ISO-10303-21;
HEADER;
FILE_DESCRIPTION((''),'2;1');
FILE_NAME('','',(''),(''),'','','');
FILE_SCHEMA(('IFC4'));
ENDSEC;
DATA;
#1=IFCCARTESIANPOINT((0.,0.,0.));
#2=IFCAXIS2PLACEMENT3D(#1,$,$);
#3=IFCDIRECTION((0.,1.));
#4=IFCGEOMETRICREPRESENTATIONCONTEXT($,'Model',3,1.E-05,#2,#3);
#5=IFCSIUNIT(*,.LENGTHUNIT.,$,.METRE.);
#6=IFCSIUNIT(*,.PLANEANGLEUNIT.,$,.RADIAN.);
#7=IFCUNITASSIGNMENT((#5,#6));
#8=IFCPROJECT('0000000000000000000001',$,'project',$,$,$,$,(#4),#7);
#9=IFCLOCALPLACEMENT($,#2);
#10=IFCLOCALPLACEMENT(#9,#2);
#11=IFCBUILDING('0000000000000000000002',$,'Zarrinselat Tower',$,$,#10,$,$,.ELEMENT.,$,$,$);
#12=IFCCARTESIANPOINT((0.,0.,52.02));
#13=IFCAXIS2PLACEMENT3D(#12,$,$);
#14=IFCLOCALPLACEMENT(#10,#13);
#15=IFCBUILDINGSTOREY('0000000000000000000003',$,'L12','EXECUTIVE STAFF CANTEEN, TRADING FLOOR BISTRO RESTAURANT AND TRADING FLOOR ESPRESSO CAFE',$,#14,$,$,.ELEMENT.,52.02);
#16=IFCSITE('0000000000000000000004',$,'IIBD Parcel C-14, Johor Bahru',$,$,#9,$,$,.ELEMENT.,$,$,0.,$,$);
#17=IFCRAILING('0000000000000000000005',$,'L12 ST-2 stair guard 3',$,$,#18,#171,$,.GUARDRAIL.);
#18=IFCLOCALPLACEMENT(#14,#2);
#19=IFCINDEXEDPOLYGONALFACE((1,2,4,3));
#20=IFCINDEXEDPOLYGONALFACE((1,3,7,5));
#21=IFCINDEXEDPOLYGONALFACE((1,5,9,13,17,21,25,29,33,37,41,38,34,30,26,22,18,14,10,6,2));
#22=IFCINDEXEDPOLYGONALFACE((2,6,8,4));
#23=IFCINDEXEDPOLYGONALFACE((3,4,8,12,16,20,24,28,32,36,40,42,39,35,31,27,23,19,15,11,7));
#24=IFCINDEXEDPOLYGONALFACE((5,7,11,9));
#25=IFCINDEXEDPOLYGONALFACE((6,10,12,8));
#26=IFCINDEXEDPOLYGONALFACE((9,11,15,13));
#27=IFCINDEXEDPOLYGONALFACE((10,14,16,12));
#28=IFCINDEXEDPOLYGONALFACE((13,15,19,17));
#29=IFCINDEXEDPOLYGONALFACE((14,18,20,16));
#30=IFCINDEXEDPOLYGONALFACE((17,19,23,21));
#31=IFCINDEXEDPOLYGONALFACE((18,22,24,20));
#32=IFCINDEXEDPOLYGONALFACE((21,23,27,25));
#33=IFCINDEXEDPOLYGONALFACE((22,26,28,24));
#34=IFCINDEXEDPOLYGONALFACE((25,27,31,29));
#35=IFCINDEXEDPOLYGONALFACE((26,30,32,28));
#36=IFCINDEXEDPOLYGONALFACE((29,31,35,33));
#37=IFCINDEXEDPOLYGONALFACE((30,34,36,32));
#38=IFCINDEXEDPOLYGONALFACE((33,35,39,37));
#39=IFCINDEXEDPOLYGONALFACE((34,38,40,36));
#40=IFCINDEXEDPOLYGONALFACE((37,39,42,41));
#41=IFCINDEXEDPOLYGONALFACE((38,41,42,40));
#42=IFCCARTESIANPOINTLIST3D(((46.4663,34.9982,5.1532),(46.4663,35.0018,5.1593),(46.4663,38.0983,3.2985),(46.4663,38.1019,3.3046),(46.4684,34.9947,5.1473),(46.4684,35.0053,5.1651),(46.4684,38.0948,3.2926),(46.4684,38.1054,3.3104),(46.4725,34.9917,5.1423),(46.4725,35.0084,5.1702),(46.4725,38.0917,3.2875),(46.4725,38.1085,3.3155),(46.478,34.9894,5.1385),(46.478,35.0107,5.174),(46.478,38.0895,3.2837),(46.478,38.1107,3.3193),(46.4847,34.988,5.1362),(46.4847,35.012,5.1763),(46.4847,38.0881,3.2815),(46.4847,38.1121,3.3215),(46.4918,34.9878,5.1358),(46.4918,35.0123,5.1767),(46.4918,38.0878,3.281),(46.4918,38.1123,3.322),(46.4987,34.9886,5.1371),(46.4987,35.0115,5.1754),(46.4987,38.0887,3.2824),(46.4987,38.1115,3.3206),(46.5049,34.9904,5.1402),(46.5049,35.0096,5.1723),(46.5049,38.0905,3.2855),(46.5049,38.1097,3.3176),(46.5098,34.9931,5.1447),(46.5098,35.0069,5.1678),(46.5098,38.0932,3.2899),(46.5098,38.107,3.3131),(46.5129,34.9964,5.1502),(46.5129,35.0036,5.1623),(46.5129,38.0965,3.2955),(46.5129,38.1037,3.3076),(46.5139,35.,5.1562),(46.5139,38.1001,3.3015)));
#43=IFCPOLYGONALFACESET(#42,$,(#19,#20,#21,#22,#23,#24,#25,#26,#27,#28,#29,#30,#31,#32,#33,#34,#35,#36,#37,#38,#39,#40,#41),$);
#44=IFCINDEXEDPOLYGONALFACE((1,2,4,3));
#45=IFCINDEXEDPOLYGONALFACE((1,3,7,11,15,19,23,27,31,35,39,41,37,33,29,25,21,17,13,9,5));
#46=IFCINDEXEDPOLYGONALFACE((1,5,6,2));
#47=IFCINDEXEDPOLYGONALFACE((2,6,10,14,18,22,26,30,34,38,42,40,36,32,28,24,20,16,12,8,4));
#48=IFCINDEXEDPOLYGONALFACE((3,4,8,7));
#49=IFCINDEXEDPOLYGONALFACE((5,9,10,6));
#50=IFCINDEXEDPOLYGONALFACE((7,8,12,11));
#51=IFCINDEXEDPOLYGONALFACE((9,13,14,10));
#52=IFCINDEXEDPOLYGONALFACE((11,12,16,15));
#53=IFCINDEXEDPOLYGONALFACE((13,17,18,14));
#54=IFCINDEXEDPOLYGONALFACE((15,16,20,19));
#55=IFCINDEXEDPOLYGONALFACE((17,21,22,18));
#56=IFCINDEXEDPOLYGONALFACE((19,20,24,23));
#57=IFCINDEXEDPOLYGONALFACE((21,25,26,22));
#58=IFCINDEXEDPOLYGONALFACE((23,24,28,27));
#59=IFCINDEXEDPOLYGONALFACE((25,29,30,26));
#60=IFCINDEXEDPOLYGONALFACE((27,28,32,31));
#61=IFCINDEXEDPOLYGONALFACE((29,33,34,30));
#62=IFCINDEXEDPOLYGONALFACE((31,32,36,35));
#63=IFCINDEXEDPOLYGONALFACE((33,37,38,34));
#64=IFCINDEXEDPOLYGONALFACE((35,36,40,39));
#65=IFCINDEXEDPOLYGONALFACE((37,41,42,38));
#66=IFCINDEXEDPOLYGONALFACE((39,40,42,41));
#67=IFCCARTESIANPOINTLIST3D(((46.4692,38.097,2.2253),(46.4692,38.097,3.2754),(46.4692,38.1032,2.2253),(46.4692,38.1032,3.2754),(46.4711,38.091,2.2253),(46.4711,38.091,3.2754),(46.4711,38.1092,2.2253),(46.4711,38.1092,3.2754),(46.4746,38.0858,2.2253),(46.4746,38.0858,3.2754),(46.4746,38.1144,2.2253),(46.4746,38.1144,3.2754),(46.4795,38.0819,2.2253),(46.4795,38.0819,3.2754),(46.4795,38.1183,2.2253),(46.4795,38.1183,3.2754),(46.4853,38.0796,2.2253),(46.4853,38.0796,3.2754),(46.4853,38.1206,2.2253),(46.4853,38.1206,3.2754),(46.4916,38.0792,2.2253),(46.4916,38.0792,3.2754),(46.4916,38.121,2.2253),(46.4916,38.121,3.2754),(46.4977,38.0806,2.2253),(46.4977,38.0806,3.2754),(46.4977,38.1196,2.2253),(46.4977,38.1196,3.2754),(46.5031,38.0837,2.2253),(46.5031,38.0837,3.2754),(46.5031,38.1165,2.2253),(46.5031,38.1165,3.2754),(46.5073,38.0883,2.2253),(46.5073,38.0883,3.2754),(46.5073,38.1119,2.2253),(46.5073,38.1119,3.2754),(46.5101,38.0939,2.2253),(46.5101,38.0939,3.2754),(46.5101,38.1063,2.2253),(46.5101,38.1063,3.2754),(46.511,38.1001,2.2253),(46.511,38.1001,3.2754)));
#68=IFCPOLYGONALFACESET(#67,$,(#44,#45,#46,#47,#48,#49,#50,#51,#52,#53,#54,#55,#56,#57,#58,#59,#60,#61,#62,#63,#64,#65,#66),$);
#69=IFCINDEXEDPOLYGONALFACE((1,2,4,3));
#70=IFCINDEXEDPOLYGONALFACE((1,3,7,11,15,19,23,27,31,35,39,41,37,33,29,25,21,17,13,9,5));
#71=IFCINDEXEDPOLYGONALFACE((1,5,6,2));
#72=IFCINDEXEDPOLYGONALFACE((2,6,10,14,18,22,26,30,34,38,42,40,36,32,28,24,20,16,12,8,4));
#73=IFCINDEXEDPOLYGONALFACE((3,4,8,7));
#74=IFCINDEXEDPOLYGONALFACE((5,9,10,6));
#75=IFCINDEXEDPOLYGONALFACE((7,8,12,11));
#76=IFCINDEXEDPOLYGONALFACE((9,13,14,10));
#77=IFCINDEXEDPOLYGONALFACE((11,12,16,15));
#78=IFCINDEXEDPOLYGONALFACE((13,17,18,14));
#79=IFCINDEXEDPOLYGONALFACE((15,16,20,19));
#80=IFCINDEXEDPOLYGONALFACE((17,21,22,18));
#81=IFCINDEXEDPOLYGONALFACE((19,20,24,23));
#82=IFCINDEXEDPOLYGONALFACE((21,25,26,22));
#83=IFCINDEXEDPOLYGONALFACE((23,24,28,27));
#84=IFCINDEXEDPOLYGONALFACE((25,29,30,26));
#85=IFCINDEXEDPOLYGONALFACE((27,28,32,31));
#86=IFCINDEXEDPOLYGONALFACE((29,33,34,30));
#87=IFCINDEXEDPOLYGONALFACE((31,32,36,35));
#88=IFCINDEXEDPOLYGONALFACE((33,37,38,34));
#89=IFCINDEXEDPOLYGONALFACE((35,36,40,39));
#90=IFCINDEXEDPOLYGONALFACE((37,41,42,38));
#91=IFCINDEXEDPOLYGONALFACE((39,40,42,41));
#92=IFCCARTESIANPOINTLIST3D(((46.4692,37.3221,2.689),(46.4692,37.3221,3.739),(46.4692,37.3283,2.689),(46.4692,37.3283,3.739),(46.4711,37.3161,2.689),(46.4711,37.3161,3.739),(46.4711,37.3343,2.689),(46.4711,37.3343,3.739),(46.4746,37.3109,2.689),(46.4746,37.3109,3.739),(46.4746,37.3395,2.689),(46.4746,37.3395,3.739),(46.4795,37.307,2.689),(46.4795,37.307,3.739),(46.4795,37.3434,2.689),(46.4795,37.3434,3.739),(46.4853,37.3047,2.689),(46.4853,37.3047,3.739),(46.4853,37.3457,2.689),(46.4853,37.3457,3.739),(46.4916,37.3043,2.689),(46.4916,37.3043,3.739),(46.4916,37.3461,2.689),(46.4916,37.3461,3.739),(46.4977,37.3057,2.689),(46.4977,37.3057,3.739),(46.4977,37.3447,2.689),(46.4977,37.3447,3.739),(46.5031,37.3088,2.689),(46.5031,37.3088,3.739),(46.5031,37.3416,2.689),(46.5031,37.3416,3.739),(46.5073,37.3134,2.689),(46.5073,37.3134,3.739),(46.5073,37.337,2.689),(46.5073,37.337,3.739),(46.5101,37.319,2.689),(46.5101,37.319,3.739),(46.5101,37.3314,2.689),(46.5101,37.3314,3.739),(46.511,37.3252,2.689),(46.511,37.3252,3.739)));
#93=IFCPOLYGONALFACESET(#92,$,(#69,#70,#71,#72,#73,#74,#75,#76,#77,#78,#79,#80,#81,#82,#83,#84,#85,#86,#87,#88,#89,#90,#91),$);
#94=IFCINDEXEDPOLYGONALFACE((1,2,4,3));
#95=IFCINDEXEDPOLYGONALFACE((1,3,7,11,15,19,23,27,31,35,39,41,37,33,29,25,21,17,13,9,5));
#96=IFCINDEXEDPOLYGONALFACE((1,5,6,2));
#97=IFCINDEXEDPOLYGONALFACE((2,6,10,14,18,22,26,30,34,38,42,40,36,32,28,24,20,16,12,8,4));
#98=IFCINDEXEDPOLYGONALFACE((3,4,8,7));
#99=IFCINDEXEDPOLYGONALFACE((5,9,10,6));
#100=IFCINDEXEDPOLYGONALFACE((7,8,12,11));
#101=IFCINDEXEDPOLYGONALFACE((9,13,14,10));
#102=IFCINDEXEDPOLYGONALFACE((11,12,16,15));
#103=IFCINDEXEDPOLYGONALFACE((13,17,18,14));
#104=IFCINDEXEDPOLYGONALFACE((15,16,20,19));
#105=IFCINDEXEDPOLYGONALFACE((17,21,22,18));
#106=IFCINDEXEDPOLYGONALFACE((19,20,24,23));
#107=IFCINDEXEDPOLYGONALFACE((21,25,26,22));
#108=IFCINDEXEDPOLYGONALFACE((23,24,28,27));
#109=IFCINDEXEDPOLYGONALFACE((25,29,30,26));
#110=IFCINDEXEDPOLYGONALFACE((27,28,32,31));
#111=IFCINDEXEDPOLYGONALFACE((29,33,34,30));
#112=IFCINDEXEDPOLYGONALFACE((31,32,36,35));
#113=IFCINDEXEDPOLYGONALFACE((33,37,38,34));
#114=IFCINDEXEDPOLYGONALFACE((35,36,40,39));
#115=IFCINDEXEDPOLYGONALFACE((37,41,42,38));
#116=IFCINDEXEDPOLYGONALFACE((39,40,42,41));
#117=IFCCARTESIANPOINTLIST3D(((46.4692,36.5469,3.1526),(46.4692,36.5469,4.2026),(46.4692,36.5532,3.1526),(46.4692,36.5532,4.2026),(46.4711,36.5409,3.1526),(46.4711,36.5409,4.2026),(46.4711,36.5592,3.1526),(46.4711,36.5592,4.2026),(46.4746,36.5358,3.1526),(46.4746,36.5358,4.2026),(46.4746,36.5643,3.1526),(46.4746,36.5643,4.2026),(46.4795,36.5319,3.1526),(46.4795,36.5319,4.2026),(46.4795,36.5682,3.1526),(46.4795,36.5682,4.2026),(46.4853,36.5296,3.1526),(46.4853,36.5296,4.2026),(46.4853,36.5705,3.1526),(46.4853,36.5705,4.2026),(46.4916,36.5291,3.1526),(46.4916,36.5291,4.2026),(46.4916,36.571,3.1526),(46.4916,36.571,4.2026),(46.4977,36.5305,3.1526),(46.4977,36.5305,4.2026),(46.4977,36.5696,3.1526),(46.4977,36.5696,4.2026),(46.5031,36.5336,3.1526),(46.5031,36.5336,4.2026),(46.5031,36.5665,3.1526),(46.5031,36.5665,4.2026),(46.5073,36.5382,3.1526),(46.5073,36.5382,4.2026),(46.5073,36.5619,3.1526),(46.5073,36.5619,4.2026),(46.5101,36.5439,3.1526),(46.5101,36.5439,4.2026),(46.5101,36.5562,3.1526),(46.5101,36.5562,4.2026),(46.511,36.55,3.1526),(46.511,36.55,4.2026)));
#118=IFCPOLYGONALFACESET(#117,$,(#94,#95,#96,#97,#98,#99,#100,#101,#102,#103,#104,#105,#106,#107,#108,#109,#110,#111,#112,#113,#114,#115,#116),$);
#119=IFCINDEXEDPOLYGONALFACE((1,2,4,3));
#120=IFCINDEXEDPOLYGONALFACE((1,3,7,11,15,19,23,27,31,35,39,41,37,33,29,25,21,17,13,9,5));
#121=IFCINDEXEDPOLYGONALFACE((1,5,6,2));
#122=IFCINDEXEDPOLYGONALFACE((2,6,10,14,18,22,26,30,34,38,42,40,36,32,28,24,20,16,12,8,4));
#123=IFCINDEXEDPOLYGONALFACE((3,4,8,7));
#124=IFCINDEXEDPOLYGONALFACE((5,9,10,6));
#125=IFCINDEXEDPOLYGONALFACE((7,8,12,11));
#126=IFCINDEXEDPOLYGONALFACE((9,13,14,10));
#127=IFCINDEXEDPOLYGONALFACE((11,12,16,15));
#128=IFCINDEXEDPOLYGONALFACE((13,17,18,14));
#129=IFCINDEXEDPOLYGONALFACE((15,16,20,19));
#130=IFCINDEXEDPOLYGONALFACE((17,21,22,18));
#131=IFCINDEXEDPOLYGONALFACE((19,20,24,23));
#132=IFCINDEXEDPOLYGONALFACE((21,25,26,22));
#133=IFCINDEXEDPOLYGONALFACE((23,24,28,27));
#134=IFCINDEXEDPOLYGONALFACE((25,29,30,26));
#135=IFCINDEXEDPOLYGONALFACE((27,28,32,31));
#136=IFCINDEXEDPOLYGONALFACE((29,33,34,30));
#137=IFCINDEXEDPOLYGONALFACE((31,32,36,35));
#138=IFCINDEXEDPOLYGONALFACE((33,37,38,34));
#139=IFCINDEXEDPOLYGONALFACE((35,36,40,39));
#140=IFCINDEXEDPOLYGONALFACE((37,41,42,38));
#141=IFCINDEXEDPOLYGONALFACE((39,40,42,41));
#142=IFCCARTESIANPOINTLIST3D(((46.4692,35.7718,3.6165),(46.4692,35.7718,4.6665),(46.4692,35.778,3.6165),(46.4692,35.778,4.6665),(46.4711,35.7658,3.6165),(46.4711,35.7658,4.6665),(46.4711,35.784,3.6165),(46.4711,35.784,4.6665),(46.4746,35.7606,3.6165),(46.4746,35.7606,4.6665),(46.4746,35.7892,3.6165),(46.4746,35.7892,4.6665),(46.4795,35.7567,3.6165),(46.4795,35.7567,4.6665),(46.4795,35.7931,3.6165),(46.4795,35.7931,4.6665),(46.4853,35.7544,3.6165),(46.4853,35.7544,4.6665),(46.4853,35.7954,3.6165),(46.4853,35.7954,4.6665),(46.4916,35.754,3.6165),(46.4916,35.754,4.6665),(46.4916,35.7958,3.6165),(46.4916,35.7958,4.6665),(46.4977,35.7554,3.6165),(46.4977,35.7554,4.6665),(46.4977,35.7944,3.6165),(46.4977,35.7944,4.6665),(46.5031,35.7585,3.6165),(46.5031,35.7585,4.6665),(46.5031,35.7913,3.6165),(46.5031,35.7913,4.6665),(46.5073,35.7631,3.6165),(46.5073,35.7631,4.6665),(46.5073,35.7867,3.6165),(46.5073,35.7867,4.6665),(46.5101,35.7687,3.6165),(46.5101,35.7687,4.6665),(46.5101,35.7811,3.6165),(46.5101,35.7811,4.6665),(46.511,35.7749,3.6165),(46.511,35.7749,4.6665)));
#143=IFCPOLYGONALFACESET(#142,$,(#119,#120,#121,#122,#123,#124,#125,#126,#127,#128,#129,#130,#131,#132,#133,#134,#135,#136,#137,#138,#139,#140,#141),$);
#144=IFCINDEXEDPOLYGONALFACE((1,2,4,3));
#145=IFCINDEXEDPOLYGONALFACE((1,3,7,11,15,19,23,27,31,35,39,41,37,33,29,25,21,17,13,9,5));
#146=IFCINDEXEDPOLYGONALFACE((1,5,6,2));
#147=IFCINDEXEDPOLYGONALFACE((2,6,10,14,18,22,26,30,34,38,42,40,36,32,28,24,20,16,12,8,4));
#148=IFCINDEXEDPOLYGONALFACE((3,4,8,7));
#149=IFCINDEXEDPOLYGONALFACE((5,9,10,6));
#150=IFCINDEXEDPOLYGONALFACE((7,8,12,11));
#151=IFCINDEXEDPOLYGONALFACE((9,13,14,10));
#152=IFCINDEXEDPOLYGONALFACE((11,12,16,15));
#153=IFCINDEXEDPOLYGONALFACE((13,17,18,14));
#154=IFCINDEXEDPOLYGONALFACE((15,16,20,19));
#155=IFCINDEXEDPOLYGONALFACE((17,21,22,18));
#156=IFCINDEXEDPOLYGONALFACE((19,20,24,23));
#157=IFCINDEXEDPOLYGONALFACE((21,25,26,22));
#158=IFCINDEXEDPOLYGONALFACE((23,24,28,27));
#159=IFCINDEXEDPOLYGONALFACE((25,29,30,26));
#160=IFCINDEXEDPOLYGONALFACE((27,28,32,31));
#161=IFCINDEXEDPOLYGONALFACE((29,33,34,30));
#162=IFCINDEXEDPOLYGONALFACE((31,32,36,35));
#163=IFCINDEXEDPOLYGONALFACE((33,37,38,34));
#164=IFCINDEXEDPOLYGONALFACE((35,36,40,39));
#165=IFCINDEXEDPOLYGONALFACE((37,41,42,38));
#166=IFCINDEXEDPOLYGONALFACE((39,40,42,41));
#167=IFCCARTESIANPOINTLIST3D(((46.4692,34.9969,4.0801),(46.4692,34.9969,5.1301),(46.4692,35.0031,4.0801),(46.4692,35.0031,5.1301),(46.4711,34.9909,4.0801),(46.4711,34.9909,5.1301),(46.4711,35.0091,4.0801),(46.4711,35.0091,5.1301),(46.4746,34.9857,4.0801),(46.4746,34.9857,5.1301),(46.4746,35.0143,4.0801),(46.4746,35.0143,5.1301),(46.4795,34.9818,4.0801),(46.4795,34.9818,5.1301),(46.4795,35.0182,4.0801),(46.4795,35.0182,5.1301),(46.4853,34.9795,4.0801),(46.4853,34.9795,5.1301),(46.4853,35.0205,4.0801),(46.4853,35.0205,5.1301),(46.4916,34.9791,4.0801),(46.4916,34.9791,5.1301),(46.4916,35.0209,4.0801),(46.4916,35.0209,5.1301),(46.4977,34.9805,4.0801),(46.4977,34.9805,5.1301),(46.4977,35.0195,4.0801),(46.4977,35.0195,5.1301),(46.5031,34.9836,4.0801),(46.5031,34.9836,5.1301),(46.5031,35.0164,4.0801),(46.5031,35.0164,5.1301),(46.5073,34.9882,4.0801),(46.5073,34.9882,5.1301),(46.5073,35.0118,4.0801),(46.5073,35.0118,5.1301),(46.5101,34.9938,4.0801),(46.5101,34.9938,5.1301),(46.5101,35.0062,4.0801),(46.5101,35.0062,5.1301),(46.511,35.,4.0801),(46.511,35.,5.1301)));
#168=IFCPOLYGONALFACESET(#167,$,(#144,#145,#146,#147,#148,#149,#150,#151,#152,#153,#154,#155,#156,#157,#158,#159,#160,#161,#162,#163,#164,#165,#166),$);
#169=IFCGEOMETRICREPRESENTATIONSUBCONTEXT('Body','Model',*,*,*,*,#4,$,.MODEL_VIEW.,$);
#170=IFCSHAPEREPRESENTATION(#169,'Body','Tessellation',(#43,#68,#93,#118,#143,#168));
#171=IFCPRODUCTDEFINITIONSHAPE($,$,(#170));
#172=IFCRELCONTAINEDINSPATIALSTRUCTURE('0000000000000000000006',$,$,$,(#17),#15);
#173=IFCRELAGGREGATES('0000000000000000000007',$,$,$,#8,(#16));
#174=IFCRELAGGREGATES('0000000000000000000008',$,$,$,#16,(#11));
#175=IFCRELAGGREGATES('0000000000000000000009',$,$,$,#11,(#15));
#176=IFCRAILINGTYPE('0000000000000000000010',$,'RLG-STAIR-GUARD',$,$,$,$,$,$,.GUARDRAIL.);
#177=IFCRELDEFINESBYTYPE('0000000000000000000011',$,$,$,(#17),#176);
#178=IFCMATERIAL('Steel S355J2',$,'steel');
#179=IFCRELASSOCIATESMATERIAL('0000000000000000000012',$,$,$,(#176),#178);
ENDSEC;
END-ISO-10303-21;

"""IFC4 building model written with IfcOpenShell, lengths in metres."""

from ifc_helpers import new_model, si_unit, direction, frame, origin, origin_2d, place, context, subcontext, project, spatial, circle, extrude, material, type_object, element, save


model = new_model("IFC4")

# Units and contexts
model_context = context("Model", 3, precision=1e-05, world=origin(), true_north=direction((0.0, 1.0)))
body_context = subcontext(model_context, "Body", "Model", "MODEL_VIEW")
ifc_project = project(units=[si_unit("LENGTHUNIT", "METRE"), si_unit("PLANEANGLEUNIT", "RADIAN")], contexts=[model_context])

# Site, building, storey
site_placement = place(None, origin())
site = spatial("IfcSite", under=ifc_project, at=site_placement, Name="IIBD Parcel C-14, Johor Bahru", CompositionType="ELEMENT", RefElevation=0.0)
building_placement = place(site_placement, origin())
building = spatial("IfcBuilding", under=site, at=building_placement, Name="Zarrinselat Tower", CompositionType="ELEMENT")
storey_placement = place(building_placement, frame((0.0, 0.0, 52.02)))
storey = spatial("IfcBuildingStorey", under=building, at=storey_placement, Name="L12", Description="EXECUTIVE STAFF CANTEEN, TRADING FLOOR BISTRO RESTAURANT AND TRADING FLOOR ESPRESSO CAFE", CompositionType="ELEMENT", Elevation=52.02)

# Railing
ifc_material_1 = material(Name="Steel S355J2", Category="steel")
railing_type_1 = type_object("IfcRailingType", Name="RLG-STAIR-GUARD", PredefinedType="GUARDRAIL", material=ifc_material_1)
railing_1_placement = place(storey_placement, frame((46.49, 38.1001, 2.2253)))
element("IfcRailing", 1, at=railing_1_placement, inside=storey, type_object=railing_type_1, Name="L12 ST-2 stair guard 3", PredefinedType="GUARDRAIL", context=body_context, shape_type="SweptSolid", body=[
    extrude(circle(Radius=0.0239, at=origin_2d()), frame((0.0, 0.0, 1.0762), z_axis=(0.0, -0.858142, 0.513412), x_axis=(1.0, 0.0, 0.0)), (0.0, 0.0, 1.0), 3.6125),
    extrude(circle(Radius=0.021, at=origin_2d()), origin(), (0.0, 0.0, 1.0), 1.05),
    extrude(circle(Radius=0.021, at=origin_2d()), frame((0.0, -0.7749, 0.4636)), (0.0, 0.0, 1.0), 1.05),
    extrude(circle(Radius=0.021, at=origin_2d()), frame((0.0, -1.55, 0.9272)), (0.0, 0.0, 1.0), 1.05),
    extrude(circle(Radius=0.021, at=origin_2d()), frame((0.0, -2.3252, 1.3911)), (0.0, 0.0, 1.0), 1.05),
    extrude(circle(Radius=0.021, at=origin_2d()), frame((0.0, -3.1001, 1.8547)), (0.0, 0.0, 1.0), 1.05),
])

save(model, "model.ifc")
